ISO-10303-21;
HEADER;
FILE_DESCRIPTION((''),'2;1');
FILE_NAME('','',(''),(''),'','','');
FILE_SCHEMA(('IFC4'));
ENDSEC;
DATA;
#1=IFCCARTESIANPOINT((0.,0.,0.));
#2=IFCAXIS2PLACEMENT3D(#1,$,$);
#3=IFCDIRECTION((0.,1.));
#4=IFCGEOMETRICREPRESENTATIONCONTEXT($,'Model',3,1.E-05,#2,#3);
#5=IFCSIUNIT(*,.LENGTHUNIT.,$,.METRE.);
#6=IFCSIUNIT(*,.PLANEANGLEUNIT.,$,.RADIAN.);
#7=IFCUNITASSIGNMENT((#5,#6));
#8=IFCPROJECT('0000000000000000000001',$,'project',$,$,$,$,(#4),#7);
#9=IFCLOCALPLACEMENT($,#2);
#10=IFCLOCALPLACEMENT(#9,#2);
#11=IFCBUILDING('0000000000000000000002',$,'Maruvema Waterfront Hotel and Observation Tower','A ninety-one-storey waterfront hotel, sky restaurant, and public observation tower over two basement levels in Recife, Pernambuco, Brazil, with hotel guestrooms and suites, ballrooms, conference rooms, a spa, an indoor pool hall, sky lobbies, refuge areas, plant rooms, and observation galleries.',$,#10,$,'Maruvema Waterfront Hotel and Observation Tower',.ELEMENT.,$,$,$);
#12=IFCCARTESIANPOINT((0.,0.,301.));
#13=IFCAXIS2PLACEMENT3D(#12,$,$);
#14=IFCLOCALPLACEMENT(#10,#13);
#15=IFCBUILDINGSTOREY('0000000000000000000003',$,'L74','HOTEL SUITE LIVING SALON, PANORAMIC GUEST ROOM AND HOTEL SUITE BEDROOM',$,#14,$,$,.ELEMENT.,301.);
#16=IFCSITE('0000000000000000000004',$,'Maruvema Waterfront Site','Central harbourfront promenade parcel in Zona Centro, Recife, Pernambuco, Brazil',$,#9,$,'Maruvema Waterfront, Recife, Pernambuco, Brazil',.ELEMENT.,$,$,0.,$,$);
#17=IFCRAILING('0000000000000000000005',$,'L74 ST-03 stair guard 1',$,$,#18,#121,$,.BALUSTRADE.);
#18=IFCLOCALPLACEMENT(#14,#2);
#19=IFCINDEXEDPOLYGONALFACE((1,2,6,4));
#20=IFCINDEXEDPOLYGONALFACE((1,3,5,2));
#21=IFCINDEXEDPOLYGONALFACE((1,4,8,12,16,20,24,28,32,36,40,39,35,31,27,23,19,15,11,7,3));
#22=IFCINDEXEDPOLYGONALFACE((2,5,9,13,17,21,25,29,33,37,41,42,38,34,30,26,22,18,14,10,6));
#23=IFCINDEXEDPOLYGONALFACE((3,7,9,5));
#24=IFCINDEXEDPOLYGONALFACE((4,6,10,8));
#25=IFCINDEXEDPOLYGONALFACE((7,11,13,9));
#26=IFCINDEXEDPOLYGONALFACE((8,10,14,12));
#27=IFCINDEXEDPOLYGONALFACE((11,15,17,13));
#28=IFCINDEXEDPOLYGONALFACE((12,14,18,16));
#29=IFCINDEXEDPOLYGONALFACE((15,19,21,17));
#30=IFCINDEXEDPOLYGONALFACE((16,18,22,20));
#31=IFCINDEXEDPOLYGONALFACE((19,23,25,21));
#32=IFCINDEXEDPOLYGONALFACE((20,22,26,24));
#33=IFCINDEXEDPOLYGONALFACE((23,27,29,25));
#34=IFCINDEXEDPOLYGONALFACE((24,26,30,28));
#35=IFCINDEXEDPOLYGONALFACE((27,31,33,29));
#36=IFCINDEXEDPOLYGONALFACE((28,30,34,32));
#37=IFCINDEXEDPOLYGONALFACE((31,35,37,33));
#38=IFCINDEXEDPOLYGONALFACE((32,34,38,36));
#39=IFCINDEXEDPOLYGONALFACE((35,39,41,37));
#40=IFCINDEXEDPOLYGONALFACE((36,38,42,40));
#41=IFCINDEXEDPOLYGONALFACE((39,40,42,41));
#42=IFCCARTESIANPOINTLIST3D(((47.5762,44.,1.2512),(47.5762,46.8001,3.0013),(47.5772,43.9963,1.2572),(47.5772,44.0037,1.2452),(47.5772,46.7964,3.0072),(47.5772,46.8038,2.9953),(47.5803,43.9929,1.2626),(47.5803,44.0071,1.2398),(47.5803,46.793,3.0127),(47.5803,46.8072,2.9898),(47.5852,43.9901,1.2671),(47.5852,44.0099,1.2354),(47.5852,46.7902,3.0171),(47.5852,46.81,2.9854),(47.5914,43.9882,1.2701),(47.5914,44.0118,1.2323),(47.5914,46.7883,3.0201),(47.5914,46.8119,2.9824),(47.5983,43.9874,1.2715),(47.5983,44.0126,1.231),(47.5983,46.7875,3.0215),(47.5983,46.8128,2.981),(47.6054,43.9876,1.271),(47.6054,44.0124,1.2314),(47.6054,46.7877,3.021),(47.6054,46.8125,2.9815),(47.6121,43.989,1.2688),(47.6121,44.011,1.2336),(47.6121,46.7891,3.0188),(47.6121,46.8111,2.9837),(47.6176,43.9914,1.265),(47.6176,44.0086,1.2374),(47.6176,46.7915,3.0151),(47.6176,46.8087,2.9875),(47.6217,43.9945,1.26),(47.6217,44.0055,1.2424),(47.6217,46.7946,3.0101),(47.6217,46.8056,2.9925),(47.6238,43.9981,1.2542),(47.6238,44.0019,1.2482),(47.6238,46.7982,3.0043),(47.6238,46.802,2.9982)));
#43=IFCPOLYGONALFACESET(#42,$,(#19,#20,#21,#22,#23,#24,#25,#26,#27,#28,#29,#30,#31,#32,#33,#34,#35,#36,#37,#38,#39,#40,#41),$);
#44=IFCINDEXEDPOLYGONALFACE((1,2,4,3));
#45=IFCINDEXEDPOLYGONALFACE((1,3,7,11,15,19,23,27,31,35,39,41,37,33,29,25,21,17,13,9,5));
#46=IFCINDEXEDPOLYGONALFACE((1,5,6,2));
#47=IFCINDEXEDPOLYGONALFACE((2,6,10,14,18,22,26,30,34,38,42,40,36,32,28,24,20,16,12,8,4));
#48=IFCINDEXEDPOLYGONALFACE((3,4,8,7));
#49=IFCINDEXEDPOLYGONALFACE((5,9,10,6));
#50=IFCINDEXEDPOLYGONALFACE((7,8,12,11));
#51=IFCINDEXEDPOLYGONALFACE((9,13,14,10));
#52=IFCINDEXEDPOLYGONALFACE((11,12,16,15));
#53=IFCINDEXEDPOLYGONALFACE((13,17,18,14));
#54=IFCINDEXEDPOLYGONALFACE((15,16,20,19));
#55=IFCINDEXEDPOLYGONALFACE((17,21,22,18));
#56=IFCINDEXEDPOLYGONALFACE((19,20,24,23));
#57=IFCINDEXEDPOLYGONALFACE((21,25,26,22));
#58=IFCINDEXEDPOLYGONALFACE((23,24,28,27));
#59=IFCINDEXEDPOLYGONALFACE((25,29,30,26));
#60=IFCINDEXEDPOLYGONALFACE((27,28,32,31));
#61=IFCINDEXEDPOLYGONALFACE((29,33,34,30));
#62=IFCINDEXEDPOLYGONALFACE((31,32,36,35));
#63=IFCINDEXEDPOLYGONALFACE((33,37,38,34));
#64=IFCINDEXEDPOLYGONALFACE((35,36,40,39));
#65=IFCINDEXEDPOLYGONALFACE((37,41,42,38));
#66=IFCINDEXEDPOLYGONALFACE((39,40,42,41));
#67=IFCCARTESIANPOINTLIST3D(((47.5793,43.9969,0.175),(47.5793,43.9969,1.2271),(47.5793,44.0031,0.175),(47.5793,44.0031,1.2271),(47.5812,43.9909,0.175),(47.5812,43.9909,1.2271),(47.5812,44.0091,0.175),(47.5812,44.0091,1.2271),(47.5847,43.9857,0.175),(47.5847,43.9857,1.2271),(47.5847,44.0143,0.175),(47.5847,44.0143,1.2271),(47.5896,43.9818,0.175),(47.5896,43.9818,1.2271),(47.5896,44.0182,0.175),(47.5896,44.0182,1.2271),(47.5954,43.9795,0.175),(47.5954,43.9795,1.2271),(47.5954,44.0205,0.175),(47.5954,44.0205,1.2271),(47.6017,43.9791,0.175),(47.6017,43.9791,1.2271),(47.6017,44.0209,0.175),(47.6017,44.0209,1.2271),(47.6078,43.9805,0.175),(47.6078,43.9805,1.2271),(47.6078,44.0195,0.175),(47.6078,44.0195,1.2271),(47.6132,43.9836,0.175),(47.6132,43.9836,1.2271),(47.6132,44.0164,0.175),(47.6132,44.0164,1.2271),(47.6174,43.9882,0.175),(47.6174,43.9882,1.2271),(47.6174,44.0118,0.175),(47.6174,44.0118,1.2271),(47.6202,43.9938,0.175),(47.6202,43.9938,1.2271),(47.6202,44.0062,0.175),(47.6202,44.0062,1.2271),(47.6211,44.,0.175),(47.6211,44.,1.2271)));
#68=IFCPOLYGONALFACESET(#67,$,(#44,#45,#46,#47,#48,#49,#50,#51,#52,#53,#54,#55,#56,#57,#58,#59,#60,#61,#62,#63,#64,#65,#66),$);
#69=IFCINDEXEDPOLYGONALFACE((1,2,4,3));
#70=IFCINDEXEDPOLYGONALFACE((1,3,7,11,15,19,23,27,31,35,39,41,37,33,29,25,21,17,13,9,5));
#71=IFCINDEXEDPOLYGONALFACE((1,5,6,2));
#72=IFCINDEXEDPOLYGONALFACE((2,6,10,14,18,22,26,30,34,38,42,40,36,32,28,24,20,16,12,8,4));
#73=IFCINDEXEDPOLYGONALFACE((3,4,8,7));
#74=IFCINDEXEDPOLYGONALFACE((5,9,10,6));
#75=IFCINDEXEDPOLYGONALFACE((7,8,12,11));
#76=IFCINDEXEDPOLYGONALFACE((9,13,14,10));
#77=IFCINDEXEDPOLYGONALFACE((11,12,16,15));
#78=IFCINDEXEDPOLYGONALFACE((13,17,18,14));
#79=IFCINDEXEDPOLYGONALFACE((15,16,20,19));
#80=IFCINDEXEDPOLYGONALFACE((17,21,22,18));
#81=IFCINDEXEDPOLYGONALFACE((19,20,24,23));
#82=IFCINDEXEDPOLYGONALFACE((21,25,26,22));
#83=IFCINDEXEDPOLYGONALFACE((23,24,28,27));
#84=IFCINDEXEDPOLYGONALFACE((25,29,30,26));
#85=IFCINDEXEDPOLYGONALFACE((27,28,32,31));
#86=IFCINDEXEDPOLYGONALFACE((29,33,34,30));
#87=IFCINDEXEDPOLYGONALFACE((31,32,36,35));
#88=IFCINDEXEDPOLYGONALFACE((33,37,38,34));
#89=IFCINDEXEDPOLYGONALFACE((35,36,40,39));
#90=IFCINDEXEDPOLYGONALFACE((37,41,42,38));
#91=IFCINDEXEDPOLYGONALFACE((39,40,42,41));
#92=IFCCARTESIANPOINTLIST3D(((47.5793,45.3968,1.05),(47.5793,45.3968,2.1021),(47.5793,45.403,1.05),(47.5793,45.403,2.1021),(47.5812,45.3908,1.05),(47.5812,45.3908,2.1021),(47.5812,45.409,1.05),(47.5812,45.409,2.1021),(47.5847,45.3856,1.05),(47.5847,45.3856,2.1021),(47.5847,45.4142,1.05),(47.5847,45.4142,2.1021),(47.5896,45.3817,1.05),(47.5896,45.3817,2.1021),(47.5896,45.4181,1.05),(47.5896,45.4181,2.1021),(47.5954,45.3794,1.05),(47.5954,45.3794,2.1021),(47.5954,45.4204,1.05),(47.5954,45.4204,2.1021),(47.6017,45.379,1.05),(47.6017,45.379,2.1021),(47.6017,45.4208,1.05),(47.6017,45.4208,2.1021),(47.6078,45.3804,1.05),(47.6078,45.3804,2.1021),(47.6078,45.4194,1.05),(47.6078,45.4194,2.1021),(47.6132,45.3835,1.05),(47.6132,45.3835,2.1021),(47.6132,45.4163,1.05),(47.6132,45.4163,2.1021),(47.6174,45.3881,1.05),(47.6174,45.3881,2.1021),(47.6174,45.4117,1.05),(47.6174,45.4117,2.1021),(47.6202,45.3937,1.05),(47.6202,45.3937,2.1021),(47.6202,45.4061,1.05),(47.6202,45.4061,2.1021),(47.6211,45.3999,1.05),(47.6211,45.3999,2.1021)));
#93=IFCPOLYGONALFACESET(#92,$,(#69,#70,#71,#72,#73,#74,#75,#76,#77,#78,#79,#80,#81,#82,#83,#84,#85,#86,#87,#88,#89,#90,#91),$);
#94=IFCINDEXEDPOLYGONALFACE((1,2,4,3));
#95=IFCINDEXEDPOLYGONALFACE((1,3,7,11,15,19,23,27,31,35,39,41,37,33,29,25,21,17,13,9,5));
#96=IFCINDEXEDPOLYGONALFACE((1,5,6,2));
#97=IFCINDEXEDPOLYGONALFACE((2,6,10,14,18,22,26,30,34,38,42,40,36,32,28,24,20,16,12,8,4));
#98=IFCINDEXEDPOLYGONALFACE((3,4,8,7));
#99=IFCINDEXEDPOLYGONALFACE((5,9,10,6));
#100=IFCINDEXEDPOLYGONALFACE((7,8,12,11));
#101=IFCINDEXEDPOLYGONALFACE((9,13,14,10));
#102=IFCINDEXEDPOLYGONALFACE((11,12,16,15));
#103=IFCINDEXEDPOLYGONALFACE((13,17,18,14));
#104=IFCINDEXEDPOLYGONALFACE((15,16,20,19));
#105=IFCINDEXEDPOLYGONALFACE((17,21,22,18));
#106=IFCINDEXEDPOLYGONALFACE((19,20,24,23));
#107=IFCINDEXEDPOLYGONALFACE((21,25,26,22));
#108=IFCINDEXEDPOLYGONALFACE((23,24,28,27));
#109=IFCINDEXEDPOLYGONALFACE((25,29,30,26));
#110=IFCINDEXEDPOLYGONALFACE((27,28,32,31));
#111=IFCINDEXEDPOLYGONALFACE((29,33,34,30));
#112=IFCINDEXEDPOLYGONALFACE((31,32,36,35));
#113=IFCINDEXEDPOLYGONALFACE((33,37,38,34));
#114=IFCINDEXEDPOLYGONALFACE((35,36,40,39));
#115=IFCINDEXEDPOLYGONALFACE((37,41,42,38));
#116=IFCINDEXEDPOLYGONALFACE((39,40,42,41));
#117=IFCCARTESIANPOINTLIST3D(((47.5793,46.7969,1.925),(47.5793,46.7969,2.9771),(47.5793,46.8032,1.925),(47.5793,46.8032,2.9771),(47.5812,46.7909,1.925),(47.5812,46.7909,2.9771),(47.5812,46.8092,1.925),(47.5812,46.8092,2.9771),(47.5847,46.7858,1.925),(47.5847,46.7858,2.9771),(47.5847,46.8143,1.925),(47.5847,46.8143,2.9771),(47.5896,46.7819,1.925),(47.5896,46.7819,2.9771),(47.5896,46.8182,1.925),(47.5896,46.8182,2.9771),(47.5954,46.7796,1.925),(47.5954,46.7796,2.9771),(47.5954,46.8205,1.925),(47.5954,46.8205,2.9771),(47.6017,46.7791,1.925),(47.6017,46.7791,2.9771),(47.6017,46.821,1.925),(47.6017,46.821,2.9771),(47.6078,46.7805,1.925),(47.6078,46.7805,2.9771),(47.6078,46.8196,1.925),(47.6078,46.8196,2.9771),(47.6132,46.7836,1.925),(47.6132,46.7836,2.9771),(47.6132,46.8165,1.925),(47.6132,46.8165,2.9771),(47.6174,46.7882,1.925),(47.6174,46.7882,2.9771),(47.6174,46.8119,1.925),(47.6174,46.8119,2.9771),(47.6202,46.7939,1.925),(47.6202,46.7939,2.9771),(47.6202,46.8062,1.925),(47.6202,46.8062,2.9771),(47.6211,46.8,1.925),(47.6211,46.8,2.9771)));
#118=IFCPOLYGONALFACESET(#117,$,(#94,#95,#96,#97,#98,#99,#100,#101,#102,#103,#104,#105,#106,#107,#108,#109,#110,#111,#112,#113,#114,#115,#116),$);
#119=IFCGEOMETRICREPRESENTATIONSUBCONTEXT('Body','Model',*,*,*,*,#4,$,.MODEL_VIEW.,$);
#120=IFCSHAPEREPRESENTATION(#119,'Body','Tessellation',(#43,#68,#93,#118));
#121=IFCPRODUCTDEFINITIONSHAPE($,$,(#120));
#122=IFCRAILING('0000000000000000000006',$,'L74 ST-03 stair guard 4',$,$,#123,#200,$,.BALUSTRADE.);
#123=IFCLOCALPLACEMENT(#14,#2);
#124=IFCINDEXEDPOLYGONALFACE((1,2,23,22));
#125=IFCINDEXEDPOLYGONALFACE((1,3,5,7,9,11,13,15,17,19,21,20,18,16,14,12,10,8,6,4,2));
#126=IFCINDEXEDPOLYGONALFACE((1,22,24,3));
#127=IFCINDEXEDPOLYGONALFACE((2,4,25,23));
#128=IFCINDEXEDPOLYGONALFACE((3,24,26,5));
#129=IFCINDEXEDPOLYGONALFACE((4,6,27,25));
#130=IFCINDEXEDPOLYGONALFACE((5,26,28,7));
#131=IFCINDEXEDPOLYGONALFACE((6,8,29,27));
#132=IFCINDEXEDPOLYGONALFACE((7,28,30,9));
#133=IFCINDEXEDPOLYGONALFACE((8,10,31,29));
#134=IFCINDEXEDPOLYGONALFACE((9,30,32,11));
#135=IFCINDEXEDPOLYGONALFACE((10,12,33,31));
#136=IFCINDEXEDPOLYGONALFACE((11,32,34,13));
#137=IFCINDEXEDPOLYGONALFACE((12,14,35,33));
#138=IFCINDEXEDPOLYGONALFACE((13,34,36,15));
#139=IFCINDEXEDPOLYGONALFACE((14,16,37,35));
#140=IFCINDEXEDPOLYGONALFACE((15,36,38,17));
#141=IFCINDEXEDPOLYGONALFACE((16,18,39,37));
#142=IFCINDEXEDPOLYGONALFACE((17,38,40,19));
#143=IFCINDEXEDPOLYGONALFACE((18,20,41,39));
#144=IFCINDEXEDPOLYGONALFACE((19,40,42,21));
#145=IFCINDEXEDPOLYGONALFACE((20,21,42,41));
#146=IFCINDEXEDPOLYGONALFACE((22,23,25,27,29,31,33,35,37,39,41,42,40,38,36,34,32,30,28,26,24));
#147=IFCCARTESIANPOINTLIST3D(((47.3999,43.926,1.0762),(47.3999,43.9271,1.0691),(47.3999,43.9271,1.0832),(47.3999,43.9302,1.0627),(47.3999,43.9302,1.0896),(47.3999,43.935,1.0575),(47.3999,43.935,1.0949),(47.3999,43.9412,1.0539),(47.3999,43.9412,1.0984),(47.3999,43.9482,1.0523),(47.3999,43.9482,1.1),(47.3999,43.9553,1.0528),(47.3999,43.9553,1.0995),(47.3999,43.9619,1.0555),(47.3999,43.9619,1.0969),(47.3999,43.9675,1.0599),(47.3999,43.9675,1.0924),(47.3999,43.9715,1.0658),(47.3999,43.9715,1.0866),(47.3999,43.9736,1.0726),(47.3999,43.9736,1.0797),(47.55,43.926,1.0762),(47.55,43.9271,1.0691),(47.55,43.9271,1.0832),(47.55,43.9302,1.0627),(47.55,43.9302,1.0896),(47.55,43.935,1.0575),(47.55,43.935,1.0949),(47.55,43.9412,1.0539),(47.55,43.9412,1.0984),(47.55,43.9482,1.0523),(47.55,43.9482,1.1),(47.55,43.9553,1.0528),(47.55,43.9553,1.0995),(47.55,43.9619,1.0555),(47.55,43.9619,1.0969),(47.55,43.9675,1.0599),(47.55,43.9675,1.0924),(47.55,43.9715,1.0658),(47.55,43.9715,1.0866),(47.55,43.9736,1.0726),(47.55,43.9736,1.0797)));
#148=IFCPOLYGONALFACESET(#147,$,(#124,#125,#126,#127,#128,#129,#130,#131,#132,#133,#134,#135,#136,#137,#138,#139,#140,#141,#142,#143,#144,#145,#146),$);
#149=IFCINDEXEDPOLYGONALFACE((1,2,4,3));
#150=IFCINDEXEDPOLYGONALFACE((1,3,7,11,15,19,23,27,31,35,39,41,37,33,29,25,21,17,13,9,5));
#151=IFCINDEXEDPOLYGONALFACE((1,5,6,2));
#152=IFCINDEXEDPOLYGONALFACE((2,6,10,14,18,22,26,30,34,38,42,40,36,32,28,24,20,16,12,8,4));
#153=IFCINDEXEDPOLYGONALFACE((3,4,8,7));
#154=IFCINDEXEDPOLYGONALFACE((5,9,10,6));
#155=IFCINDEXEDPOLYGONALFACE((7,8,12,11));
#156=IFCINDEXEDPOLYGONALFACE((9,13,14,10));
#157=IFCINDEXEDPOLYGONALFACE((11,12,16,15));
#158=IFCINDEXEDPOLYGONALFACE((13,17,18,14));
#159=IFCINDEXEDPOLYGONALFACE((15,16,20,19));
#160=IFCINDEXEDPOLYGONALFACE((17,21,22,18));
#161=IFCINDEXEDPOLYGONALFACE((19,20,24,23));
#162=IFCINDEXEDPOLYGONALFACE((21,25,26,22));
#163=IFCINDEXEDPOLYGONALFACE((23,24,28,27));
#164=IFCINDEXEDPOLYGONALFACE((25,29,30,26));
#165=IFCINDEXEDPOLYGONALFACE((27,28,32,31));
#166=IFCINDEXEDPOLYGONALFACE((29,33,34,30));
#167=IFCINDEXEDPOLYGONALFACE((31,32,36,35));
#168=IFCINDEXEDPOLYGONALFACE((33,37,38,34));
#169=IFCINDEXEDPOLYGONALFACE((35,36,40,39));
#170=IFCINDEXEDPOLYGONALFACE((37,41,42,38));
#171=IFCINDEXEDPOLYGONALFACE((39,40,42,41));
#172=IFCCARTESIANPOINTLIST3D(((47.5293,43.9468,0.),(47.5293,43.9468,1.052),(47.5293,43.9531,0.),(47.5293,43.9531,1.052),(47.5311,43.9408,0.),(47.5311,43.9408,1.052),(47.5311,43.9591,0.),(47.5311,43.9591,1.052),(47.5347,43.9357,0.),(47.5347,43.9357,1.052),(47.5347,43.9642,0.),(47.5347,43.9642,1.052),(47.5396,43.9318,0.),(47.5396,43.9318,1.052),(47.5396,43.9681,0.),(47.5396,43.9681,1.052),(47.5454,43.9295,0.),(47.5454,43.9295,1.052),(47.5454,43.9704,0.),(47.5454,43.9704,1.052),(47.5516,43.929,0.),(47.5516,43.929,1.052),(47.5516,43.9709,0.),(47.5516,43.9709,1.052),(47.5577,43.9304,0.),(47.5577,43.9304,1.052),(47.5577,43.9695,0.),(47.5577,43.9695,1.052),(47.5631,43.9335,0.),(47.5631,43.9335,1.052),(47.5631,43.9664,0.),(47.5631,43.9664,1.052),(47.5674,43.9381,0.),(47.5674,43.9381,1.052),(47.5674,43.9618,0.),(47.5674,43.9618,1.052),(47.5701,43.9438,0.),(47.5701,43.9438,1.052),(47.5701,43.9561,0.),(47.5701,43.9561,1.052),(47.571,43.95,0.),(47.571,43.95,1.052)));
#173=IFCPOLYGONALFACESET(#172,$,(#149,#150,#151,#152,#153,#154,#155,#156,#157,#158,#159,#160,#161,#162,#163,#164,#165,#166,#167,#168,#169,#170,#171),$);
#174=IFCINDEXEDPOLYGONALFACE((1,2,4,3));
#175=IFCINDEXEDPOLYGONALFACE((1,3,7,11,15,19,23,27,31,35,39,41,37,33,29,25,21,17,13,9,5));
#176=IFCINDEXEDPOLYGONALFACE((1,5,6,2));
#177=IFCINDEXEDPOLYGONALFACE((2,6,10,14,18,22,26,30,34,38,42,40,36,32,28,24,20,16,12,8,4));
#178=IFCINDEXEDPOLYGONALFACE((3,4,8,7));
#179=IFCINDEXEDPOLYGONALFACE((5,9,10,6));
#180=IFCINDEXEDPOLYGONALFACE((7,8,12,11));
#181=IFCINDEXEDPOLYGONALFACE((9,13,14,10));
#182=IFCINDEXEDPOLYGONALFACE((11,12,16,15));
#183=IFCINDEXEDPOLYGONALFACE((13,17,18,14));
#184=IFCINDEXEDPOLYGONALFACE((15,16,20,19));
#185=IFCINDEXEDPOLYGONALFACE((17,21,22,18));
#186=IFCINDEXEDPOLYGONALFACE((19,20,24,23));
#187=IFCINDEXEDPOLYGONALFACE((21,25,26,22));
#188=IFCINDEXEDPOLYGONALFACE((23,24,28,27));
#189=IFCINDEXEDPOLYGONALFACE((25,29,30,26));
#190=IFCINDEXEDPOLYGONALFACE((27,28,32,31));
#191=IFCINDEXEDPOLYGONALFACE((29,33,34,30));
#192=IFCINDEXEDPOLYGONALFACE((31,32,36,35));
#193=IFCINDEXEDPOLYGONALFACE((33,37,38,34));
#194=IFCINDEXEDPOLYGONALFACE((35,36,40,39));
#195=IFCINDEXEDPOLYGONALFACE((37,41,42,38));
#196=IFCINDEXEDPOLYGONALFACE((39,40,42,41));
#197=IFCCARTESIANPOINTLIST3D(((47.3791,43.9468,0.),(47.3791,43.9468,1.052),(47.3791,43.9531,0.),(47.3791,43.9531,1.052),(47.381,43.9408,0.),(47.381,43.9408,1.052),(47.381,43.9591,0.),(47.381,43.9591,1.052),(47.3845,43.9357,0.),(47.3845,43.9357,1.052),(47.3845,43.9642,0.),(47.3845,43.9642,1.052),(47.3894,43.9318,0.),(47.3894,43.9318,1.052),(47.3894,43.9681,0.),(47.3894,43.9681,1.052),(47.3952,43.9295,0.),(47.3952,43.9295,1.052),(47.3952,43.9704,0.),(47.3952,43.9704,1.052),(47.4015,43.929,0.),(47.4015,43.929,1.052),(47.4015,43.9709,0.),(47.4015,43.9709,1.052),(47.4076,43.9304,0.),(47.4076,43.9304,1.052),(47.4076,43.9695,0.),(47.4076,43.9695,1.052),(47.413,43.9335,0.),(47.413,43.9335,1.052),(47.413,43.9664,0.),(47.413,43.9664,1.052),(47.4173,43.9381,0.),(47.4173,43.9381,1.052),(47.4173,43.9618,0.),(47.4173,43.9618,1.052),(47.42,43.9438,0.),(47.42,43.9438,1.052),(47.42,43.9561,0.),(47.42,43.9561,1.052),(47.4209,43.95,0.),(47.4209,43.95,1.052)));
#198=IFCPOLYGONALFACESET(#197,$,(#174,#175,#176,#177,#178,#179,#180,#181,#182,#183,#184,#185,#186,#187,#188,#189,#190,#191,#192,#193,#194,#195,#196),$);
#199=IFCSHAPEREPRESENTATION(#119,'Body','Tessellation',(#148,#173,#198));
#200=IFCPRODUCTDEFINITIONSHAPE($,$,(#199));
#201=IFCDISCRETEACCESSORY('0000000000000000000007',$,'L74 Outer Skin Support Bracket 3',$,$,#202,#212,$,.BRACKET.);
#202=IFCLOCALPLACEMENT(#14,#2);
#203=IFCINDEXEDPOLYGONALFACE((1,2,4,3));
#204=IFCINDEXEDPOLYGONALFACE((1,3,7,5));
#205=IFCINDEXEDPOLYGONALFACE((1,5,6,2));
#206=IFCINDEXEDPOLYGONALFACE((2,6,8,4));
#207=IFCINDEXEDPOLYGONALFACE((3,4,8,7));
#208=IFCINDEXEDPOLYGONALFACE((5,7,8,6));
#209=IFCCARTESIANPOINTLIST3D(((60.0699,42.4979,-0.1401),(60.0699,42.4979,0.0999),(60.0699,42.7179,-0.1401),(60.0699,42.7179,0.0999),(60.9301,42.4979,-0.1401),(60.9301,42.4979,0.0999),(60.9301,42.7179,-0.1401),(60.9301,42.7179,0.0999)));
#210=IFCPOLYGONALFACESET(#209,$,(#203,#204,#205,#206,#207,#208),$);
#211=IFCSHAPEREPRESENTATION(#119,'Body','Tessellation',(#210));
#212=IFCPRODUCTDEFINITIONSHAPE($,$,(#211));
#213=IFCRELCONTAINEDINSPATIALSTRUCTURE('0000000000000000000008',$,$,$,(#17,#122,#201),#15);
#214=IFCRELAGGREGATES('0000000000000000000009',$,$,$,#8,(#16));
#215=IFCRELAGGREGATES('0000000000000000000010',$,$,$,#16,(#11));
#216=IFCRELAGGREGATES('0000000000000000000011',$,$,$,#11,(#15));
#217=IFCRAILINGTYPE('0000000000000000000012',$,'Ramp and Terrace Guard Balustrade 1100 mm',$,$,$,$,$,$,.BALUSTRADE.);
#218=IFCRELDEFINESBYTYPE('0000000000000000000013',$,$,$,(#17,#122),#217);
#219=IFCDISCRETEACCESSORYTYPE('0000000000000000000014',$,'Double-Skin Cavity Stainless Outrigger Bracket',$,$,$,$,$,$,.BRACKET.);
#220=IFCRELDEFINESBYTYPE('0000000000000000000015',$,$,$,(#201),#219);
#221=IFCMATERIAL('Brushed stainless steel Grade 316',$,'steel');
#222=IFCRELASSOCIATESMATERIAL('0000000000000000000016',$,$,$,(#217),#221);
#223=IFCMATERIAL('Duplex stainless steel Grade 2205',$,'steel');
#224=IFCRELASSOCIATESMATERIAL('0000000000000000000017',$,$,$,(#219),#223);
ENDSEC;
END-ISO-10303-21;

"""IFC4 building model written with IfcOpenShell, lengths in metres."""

from ifc_helpers import new_model, si_unit, direction, frame, origin, origin_2d, place, context, subcontext, project, spatial, rectangle, circle, extrude, material, type_object, element, save


model = new_model("IFC4")

# Units and contexts
model_context = context("Model", 3, precision=1e-05, world=origin(), true_north=direction((0.0, 1.0)))
body_context = subcontext(model_context, "Body", "Model", "MODEL_VIEW")
ifc_project = project(units=[si_unit("LENGTHUNIT", "METRE"), si_unit("PLANEANGLEUNIT", "RADIAN")], contexts=[model_context])

# Site, building, storey
site_placement = place(None, origin())
site = spatial("IfcSite", under=ifc_project, at=site_placement, Name="Maruvema Waterfront Site", Description="Central harbourfront promenade parcel in Zona Centro, Recife, Pernambuco, Brazil", LongName="Maruvema Waterfront, Recife, Pernambuco, Brazil", CompositionType="ELEMENT", RefElevation=0.0)
building_placement = place(site_placement, origin())
building = spatial("IfcBuilding", under=site, at=building_placement, Name="Maruvema Waterfront Hotel and Observation Tower", Description="A ninety-one-storey waterfront hotel, sky restaurant, and public observation tower over two basement levels in Recife, Pernambuco, Brazil, with hotel guestrooms and suites, ballrooms, conference rooms, a spa, an indoor pool hall, sky lobbies, refuge areas, plant rooms, and observation galleries.", LongName="Maruvema Waterfront Hotel and Observation Tower", CompositionType="ELEMENT")
storey_placement = place(building_placement, frame((0.0, 0.0, 301.0)))
storey = spatial("IfcBuildingStorey", under=building, at=storey_placement, Name="L74", Description="HOTEL SUITE LIVING SALON, PANORAMIC GUEST ROOM AND HOTEL SUITE BEDROOM", CompositionType="ELEMENT", Elevation=301.0)

# Railings
ifc_material_1 = material(Name="Brushed stainless steel Grade 316", Category="steel")
railing_type = type_object("IfcRailingType", Name="Ramp and Terrace Guard Balustrade 1100 mm", PredefinedType="BALUSTRADE", material=ifc_material_1)
railing_1_placement = place(storey_placement, frame((47.6001, 44.0, 0.175)))
element("IfcRailing", 1, at=railing_1_placement, inside=storey, type_object=railing_type, Name="L74 ST-03 stair guard 1", PredefinedType="BALUSTRADE", context=body_context, shape_type="SweptSolid", body=[
    extrude(circle(Radius=0.0239, at=origin_2d()), frame((0.0, 0.0, 1.0762), z_axis=(0.0, 0.848002, 0.529992), x_axis=(-1.0, 0.0, 0.0)), (0.0, 0.0, 1.0), 3.302),
    extrude(circle(Radius=0.021, at=origin_2d()), origin(), (0.0, 0.0, 1.0), 1.052),
    extrude(circle(Radius=0.021, at=origin_2d()), frame((0.0, 1.3999, 0.875)), (0.0, 0.0, 1.0), 1.052),
    extrude(circle(Radius=0.021, at=origin_2d()), frame((0.0, 2.8, 1.75)), (0.0, 0.0, 1.0), 1.052),
])
railing_2_placement = place(storey_placement, frame((47.55, 43.95, 0.0)))
element("IfcRailing", 2, at=railing_2_placement, inside=storey, type_object=railing_type, Name="L74 ST-03 stair guard 4", PredefinedType="BALUSTRADE", context=body_context, shape_type="SweptSolid", body=[
    extrude(circle(Radius=0.0239, at=origin_2d()), frame((0.0, 0.0, 1.0762), z_axis=(-1.0, 0.0, 0.0), x_axis=(0.0, -1.0, 0.0)), (0.0, 0.0, 1.0), 0.1501),
    extrude(circle(Radius=0.021, at=origin_2d()), origin(), (0.0, 0.0, 1.0), 1.052),
    extrude(circle(Radius=0.021, at=origin_2d()), frame((-0.1501, 0.0, 0.0)), (0.0, 0.0, 1.0), 1.052),
])

# Discrete accessory
ifc_material_2 = material(Name="Duplex stainless steel Grade 2205", Category="steel")
discrete_accessory_type = type_object("IfcDiscreteAccessoryType", Name="Double-Skin Cavity Stainless Outrigger Bracket", PredefinedType="BRACKET", material=ifc_material_2)
discrete_accessory_placement = place(storey_placement, frame((60.5, 42.6079, -0.1401), z_axis=(0.0, 0.0, 1.0), x_axis=(0.0, 1.0, 0.0)))
element("IfcDiscreteAccessory", 3, at=discrete_accessory_placement, inside=storey, type_object=discrete_accessory_type, Name="L74 Outer Skin Support Bracket 3", PredefinedType="BRACKET", context=body_context, shape_type="SweptSolid", body=[
    extrude(rectangle(XDim=0.22, YDim=0.8601, at=origin_2d()), origin(), (0.0, 0.0, 1.0), 0.24),
])

save(model, "model.ifc")
